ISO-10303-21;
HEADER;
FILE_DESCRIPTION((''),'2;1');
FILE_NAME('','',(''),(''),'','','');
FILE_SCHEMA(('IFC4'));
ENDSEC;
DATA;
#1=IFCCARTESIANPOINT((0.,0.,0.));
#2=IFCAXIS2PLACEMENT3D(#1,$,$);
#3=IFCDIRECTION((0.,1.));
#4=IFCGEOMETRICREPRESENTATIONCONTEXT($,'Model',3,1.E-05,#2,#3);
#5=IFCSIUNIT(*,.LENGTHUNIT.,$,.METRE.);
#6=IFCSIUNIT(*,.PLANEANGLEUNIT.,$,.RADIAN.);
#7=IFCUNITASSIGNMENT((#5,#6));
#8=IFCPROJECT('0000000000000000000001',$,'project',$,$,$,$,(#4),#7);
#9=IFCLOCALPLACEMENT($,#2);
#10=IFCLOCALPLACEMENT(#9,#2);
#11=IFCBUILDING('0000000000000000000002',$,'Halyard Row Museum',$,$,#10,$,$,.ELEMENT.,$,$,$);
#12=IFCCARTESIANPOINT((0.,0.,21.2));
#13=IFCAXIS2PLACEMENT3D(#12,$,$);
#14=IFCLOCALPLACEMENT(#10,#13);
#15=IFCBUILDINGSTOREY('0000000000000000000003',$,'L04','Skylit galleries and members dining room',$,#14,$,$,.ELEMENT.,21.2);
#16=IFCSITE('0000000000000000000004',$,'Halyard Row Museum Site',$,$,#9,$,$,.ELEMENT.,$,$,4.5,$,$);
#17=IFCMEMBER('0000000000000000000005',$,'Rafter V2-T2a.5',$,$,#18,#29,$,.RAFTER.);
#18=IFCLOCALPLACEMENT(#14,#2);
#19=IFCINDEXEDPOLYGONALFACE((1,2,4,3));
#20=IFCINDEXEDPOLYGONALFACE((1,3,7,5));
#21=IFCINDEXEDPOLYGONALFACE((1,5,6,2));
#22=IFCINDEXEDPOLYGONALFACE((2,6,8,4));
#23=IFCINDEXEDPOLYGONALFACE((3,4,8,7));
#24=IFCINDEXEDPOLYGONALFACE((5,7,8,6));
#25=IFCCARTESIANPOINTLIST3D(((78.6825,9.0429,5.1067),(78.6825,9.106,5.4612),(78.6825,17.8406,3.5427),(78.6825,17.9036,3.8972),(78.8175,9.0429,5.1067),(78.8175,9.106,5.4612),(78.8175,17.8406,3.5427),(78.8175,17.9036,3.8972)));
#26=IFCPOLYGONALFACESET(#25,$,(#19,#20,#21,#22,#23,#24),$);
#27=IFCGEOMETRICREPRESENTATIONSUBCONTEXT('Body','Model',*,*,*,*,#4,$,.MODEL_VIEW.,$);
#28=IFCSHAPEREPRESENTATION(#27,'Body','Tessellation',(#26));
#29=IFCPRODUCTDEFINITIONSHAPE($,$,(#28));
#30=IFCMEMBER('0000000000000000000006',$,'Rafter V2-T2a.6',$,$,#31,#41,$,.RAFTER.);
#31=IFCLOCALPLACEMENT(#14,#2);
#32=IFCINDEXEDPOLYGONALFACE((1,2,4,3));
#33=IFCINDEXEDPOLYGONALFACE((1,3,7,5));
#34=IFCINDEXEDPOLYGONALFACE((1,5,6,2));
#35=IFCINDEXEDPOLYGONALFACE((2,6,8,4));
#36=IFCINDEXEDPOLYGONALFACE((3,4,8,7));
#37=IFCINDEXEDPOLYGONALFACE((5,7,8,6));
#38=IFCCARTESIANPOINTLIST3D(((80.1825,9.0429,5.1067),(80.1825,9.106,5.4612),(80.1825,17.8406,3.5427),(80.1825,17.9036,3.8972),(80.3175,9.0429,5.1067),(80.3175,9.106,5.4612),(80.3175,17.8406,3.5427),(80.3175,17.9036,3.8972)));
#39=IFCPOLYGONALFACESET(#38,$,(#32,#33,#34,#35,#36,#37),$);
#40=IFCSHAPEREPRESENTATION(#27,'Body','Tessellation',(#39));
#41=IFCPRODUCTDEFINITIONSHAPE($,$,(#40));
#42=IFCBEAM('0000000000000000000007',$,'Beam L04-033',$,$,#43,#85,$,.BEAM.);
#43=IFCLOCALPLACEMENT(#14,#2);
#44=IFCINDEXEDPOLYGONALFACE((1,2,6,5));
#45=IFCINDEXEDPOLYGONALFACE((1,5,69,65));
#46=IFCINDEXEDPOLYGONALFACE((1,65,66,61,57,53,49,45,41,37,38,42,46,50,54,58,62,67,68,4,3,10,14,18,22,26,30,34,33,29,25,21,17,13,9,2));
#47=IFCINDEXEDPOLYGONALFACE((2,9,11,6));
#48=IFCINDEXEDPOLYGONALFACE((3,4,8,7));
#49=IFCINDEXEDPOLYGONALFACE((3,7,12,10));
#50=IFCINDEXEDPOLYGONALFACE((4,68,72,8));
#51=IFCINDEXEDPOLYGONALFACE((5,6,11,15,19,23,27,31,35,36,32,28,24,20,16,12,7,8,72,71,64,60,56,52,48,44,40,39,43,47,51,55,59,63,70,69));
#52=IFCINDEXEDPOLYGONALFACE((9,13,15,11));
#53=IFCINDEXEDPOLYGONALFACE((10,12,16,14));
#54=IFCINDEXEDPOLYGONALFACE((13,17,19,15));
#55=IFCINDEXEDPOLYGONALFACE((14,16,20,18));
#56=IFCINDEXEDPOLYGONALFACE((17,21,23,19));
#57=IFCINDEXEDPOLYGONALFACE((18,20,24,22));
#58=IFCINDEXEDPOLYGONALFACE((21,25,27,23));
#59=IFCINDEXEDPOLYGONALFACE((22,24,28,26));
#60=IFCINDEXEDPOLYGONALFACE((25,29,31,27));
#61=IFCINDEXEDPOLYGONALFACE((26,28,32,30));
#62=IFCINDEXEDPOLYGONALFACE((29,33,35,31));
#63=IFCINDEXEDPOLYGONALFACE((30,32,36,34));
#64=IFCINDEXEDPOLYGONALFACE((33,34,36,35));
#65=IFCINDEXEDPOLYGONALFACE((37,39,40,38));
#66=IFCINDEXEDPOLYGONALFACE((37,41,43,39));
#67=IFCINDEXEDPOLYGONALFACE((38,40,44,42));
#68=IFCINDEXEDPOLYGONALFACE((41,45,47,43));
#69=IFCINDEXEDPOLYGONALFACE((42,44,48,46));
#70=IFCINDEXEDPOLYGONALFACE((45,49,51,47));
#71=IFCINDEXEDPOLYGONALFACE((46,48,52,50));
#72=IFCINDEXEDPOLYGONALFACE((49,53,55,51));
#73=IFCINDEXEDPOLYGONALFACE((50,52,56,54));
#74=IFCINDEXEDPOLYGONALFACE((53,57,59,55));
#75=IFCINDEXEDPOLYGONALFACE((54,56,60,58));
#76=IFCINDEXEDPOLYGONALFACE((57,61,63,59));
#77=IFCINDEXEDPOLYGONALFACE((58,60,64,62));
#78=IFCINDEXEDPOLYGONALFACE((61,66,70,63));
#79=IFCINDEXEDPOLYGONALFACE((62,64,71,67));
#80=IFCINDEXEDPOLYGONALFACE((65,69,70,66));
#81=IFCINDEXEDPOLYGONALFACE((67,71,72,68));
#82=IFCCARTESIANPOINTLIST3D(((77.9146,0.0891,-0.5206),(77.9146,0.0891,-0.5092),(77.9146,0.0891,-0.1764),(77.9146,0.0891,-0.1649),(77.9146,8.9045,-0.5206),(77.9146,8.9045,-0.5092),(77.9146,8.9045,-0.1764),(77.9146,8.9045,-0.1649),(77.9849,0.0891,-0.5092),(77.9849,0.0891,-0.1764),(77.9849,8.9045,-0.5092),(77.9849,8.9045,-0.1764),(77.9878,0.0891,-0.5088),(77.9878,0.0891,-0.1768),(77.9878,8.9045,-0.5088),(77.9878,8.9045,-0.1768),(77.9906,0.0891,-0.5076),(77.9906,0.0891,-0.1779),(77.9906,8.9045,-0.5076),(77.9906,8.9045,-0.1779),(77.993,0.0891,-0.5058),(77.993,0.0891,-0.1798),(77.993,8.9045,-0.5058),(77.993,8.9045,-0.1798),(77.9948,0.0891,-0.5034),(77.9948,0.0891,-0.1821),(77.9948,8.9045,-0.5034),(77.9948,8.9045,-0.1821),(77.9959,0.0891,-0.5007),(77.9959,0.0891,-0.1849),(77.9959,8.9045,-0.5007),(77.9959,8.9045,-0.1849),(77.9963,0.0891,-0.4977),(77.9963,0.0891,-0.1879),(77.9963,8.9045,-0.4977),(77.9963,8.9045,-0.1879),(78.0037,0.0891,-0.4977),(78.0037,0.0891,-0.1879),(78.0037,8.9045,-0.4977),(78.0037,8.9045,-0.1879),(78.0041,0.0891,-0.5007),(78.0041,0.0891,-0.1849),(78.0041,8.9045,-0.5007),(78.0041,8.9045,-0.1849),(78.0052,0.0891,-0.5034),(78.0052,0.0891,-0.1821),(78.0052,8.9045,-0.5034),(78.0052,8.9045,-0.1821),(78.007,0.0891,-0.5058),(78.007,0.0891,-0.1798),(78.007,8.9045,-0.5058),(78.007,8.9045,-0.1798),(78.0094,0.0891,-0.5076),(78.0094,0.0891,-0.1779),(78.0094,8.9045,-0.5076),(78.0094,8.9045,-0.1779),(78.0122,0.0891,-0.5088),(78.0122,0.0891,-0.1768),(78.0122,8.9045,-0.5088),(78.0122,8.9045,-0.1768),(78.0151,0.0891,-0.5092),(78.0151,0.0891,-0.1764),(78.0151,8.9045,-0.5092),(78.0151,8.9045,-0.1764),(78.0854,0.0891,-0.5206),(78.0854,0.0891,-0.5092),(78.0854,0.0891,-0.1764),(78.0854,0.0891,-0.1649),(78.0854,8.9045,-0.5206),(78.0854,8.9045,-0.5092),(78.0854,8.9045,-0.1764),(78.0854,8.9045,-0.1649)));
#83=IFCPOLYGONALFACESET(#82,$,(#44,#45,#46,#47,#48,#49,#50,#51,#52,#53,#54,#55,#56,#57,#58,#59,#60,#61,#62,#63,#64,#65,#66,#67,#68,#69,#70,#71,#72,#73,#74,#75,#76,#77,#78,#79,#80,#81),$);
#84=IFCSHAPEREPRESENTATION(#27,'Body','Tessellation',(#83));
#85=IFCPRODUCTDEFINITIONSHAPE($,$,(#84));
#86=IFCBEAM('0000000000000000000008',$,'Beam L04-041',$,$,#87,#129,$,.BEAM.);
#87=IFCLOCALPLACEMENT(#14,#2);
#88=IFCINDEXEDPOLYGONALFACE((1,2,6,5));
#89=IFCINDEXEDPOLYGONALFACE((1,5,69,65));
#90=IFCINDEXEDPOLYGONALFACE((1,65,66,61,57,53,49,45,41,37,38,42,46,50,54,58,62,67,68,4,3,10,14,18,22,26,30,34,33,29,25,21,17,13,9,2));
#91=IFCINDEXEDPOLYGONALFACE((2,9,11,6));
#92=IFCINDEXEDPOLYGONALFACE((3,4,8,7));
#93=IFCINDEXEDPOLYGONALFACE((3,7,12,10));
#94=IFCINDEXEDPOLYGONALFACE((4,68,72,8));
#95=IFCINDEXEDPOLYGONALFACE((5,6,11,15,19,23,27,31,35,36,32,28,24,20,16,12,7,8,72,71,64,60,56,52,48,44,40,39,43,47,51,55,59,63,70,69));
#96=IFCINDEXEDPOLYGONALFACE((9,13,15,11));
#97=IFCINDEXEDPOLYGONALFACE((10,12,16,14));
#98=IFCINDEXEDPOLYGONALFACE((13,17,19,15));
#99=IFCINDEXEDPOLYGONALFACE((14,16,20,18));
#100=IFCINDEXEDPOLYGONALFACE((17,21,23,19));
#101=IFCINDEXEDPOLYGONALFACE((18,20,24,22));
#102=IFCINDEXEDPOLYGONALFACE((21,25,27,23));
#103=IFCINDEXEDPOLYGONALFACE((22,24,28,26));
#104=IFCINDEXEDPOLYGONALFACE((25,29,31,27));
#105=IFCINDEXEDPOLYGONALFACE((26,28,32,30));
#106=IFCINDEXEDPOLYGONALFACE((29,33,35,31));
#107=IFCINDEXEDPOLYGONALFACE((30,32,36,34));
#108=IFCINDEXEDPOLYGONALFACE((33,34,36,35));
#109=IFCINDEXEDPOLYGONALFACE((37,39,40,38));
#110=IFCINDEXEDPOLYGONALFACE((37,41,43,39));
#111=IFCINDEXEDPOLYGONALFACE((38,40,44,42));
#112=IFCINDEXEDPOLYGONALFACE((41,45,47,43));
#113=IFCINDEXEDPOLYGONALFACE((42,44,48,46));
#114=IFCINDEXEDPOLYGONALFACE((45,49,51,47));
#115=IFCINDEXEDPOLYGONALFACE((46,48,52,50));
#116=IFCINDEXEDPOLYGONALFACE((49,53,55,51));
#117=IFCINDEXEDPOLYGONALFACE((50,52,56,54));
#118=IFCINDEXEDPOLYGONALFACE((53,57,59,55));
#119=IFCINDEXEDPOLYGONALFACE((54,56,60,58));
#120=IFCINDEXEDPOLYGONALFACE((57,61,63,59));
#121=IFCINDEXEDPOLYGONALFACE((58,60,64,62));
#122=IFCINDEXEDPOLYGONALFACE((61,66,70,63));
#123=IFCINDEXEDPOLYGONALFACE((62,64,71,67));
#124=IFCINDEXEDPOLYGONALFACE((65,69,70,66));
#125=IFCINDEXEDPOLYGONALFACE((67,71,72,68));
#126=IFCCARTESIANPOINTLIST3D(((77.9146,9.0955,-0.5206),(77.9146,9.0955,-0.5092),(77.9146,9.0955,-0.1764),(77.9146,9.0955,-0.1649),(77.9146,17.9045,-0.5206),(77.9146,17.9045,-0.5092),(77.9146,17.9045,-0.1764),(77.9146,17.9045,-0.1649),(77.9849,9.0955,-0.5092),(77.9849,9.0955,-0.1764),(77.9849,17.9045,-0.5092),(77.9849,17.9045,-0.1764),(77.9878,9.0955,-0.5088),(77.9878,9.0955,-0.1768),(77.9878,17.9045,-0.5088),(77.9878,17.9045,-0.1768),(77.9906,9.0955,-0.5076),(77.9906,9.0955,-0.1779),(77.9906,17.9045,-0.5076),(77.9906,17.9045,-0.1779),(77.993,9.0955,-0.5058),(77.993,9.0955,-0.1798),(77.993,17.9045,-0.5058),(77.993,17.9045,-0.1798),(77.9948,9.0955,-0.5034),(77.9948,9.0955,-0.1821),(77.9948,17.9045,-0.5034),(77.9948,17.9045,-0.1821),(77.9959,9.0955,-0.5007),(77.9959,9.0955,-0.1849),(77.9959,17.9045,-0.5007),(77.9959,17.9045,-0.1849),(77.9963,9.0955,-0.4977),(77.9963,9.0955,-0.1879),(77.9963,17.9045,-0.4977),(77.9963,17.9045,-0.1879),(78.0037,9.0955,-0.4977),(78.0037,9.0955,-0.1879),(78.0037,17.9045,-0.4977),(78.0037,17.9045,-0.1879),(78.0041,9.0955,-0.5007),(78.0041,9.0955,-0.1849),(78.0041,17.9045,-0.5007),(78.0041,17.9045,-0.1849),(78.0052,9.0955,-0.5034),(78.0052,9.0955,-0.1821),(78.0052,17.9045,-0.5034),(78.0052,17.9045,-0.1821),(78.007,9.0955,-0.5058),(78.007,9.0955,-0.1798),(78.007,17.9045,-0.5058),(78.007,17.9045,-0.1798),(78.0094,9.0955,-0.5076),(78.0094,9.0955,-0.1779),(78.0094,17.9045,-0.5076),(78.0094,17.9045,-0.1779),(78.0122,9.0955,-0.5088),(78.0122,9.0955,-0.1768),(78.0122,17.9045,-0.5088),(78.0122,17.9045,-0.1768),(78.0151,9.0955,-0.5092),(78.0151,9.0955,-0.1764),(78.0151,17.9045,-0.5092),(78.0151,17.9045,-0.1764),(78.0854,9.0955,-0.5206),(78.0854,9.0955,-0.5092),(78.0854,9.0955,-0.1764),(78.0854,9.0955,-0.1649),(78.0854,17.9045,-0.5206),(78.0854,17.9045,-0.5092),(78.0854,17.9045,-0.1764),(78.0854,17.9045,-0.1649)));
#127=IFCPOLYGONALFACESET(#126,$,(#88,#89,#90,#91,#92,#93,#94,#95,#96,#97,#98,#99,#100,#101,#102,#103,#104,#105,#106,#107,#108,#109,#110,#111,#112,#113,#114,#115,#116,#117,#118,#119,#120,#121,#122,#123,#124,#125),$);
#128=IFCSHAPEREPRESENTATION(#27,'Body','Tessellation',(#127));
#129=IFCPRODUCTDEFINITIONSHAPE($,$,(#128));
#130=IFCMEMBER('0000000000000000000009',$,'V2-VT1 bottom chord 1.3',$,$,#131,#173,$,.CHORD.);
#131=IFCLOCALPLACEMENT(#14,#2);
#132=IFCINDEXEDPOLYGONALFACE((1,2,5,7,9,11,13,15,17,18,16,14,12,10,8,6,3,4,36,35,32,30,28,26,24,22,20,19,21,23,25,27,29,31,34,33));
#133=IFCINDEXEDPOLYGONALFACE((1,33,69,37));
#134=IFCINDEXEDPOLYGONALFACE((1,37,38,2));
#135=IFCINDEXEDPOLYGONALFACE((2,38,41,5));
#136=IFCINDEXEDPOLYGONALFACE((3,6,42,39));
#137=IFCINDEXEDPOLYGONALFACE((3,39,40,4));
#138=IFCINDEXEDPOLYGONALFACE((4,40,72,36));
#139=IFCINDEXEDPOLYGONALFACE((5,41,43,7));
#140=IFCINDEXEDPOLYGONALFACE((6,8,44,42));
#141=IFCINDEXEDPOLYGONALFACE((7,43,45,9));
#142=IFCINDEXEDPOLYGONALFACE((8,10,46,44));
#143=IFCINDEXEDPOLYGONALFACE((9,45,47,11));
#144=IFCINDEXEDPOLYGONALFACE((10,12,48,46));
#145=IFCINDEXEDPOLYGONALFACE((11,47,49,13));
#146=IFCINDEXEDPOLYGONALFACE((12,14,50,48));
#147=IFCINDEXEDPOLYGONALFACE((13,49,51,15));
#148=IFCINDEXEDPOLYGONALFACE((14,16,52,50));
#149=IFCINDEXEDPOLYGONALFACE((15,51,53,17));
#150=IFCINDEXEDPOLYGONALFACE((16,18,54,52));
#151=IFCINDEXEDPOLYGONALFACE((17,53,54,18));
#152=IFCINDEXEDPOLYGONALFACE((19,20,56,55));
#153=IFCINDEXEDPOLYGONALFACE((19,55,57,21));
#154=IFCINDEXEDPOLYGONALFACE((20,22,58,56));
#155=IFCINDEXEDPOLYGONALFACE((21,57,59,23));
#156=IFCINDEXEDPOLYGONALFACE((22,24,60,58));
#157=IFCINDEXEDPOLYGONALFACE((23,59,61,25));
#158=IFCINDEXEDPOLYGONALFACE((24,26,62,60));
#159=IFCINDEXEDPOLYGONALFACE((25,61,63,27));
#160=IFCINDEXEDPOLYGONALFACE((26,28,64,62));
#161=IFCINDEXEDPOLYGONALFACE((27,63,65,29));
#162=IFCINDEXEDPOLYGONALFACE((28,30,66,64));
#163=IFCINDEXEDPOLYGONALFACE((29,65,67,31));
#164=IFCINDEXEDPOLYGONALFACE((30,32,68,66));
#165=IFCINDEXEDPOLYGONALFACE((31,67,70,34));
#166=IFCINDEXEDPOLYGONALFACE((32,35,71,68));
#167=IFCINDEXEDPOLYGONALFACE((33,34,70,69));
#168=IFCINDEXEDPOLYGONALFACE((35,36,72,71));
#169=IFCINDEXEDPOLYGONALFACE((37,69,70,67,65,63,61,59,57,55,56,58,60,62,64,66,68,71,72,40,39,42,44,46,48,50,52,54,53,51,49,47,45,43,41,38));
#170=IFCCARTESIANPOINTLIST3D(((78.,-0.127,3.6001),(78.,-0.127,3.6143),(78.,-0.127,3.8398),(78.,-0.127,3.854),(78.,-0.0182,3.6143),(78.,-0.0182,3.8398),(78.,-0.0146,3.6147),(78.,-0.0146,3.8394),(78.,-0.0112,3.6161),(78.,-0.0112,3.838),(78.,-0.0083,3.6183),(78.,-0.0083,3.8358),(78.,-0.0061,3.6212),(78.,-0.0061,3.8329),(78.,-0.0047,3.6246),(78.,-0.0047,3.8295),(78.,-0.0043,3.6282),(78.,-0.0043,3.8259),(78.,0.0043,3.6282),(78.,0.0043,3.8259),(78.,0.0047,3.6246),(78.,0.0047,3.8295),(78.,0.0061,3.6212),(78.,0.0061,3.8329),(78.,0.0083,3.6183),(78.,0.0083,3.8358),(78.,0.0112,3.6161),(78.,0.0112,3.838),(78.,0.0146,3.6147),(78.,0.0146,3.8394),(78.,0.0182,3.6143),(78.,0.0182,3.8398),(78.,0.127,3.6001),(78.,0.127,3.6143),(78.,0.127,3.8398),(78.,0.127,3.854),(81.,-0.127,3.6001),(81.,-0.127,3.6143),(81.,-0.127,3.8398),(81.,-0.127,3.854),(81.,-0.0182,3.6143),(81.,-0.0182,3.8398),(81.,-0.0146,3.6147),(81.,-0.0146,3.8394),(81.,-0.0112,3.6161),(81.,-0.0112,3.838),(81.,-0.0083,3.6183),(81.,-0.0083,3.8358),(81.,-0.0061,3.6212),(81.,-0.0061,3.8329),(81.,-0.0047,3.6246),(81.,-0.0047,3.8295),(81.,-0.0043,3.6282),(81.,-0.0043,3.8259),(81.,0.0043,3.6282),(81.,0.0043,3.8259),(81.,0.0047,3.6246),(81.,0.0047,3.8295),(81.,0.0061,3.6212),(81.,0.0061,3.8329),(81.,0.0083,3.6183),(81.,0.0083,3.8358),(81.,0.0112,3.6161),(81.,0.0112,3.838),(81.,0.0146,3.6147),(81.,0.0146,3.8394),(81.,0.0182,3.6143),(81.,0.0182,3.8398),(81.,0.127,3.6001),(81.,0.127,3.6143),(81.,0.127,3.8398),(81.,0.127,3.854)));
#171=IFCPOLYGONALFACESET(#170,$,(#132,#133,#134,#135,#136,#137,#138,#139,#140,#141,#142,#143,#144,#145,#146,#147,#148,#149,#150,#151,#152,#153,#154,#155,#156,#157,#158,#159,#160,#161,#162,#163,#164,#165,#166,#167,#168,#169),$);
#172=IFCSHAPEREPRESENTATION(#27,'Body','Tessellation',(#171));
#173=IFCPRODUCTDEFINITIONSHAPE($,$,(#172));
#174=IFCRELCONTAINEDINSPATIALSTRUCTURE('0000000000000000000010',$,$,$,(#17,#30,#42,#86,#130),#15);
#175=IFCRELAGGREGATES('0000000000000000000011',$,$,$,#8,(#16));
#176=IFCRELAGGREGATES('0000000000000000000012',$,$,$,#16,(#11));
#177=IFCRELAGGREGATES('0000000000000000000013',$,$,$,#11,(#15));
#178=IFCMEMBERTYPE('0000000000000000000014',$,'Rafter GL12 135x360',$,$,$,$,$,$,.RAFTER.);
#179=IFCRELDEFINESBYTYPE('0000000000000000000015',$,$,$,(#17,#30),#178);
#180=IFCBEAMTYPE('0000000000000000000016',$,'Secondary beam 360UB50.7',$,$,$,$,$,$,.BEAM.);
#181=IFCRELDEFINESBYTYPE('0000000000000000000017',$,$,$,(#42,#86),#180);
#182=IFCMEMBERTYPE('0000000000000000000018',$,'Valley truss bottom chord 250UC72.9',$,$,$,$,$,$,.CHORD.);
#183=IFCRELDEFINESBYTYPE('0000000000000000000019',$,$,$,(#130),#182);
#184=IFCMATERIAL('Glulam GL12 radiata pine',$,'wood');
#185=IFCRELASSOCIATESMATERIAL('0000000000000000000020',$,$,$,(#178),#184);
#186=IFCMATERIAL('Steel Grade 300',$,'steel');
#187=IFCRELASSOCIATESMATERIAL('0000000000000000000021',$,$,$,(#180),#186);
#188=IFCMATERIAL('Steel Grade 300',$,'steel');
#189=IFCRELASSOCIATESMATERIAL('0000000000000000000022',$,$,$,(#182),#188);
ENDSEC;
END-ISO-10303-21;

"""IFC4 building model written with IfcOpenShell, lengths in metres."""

from ifc_helpers import new_model, si_unit, direction, frame, origin, origin_2d, place, context, subcontext, project, spatial, rectangle, i_section, extrude, material, material_profile, profile_set, type_object, element, save


model = new_model("IFC4")

# Units and contexts
model_context = context("Model", 3, precision=1e-05, world=origin(), true_north=direction((0.0, 1.0)))
body_context = subcontext(model_context, "Body", "Model", "MODEL_VIEW")
ifc_project = project(units=[si_unit("LENGTHUNIT", "METRE"), si_unit("PLANEANGLEUNIT", "RADIAN")], contexts=[model_context])

# Site, building, storey
site_placement = place(None, origin())
site = spatial("IfcSite", under=ifc_project, at=site_placement, Name="Halyard Row Museum Site", CompositionType="ELEMENT", RefElevation=4.5)
building_placement = place(site_placement, origin())
building = spatial("IfcBuilding", under=site, at=building_placement, Name="Halyard Row Museum", CompositionType="ELEMENT")
storey_placement = place(building_placement, frame((0.0, 0.0, 21.2)))
storey = spatial("IfcBuildingStorey", under=building, at=storey_placement, Name="L04", Description="Skylit galleries and members dining room", CompositionType="ELEMENT", Elevation=21.2)

# Members
ifc_material_1 = material(Name="Glulam GL12 radiata pine", Category="wood")
ifc_material_profile_1 = material_profile(ifc_material_1, rectangle(XDim=0.135, YDim=0.3601, at=origin_2d()), Name="GL12 135x360")
ifc_profile_set_1 = profile_set([ifc_material_profile_1], Name="Glulam GL12 radiata pine")
member_type_1 = type_object("IfcMemberType", Name="Rafter GL12 135x360", PredefinedType="RAFTER", material=ifc_profile_set_1)
for number, where, z_axis, x_axis, name in (
    (1, (78.75, 9.0745, 5.2839), (0.0, 0.984564, -0.175027), (-1.0, 0.0, 0.0), "Rafter V2-T2a.5"),
    (2, (80.25, 9.0745, 5.2839), (0.0, 0.984564, -0.175027), (-1.0, 0.0, 0.0), "Rafter V2-T2a.6"),
):
    element("IfcMember", number, at=place(storey_placement, frame(where, z_axis=z_axis, x_axis=x_axis)), inside=storey, type_object=member_type_1, Name=name, PredefinedType="RAFTER", context=body_context, shape_type="SweptSolid", body=[
        extrude(rectangle(XDim=0.135, YDim=0.3601, at=origin_2d()), origin(), (0.0, 0.0, 1.0), 8.9355),
    ])

# Beams
ifc_material_2 = material(Name="Steel Grade 300", Category="steel")
ifc_material_profile_2 = material_profile(ifc_material_2, i_section(OverallWidth=0.1709, OverallDepth=0.3557, WebThickness=0.0073, FlangeThickness=0.0115, FilletRadius=0.0115, at=origin_2d()), Name="360UB50.7")
ifc_profile_set_2 = profile_set([ifc_material_profile_2], Name="Steel Grade 300")
beam_type = type_object("IfcBeamType", Name="Secondary beam 360UB50.7", PredefinedType="BEAM", material=ifc_profile_set_2)
beam_1_placement = place(storey_placement, frame((78.0, 0.0891, -0.3428), z_axis=(0.0, 1.0, 0.0), x_axis=(-1.0, 0.0, 0.0)))
element("IfcBeam", 3, at=beam_1_placement, inside=storey, type_object=beam_type, Name="Beam L04-033", PredefinedType="BEAM", context=body_context, shape_type="SweptSolid", body=[
    extrude(i_section(OverallWidth=0.1709, OverallDepth=0.3557, WebThickness=0.0073, FlangeThickness=0.0115, FilletRadius=0.0115, at=origin_2d()), origin(), (0.0, 0.0, 1.0), 8.8154),
])
beam_2_placement = place(storey_placement, frame((78.0, 9.0955, -0.3428), z_axis=(0.0, 1.0, 0.0), x_axis=(-1.0, 0.0, 0.0)))
element("IfcBeam", 4, at=beam_2_placement, inside=storey, type_object=beam_type, Name="Beam L04-041", PredefinedType="BEAM", context=body_context, shape_type="SweptSolid", body=[
    extrude(i_section(OverallWidth=0.1709, OverallDepth=0.3557, WebThickness=0.0073, FlangeThickness=0.0115, FilletRadius=0.0115, at=origin_2d()), origin(), (0.0, 0.0, 1.0), 8.8091),
])

# Member
ifc_material_3 = material(Name="Steel Grade 300", Category="steel")
ifc_material_profile_3 = material_profile(ifc_material_3, i_section(OverallWidth=0.2539, OverallDepth=0.2539, WebThickness=0.0085, FlangeThickness=0.0142, FilletRadius=0.0139, at=origin_2d()), Name="250UC72.9")
ifc_profile_set_3 = profile_set([ifc_material_profile_3], Name="Steel Grade 300")
member_type_2 = type_object("IfcMemberType", Name="Valley truss bottom chord 250UC72.9", PredefinedType="CHORD", material=ifc_profile_set_3)
for number, where, z_axis, x_axis, name in (
    (5, (78.0, 0.0, 3.7271), (1.0, 0.0, 0.0), (0.0, 1.0, 0.0), "V2-VT1 bottom chord 1.3"),
):
    element("IfcMember", number, at=place(storey_placement, frame(where, z_axis=z_axis, x_axis=x_axis)), inside=storey, type_object=member_type_2, Name=name, PredefinedType="CHORD", context=body_context, shape_type="SweptSolid", body=[
        extrude(i_section(OverallWidth=0.2539, OverallDepth=0.2539, WebThickness=0.0085, FlangeThickness=0.0142, FilletRadius=0.0139, at=origin_2d()), origin(), (0.0, 0.0, 1.0), 3.0),
    ])

save(model, "model.ifc")
